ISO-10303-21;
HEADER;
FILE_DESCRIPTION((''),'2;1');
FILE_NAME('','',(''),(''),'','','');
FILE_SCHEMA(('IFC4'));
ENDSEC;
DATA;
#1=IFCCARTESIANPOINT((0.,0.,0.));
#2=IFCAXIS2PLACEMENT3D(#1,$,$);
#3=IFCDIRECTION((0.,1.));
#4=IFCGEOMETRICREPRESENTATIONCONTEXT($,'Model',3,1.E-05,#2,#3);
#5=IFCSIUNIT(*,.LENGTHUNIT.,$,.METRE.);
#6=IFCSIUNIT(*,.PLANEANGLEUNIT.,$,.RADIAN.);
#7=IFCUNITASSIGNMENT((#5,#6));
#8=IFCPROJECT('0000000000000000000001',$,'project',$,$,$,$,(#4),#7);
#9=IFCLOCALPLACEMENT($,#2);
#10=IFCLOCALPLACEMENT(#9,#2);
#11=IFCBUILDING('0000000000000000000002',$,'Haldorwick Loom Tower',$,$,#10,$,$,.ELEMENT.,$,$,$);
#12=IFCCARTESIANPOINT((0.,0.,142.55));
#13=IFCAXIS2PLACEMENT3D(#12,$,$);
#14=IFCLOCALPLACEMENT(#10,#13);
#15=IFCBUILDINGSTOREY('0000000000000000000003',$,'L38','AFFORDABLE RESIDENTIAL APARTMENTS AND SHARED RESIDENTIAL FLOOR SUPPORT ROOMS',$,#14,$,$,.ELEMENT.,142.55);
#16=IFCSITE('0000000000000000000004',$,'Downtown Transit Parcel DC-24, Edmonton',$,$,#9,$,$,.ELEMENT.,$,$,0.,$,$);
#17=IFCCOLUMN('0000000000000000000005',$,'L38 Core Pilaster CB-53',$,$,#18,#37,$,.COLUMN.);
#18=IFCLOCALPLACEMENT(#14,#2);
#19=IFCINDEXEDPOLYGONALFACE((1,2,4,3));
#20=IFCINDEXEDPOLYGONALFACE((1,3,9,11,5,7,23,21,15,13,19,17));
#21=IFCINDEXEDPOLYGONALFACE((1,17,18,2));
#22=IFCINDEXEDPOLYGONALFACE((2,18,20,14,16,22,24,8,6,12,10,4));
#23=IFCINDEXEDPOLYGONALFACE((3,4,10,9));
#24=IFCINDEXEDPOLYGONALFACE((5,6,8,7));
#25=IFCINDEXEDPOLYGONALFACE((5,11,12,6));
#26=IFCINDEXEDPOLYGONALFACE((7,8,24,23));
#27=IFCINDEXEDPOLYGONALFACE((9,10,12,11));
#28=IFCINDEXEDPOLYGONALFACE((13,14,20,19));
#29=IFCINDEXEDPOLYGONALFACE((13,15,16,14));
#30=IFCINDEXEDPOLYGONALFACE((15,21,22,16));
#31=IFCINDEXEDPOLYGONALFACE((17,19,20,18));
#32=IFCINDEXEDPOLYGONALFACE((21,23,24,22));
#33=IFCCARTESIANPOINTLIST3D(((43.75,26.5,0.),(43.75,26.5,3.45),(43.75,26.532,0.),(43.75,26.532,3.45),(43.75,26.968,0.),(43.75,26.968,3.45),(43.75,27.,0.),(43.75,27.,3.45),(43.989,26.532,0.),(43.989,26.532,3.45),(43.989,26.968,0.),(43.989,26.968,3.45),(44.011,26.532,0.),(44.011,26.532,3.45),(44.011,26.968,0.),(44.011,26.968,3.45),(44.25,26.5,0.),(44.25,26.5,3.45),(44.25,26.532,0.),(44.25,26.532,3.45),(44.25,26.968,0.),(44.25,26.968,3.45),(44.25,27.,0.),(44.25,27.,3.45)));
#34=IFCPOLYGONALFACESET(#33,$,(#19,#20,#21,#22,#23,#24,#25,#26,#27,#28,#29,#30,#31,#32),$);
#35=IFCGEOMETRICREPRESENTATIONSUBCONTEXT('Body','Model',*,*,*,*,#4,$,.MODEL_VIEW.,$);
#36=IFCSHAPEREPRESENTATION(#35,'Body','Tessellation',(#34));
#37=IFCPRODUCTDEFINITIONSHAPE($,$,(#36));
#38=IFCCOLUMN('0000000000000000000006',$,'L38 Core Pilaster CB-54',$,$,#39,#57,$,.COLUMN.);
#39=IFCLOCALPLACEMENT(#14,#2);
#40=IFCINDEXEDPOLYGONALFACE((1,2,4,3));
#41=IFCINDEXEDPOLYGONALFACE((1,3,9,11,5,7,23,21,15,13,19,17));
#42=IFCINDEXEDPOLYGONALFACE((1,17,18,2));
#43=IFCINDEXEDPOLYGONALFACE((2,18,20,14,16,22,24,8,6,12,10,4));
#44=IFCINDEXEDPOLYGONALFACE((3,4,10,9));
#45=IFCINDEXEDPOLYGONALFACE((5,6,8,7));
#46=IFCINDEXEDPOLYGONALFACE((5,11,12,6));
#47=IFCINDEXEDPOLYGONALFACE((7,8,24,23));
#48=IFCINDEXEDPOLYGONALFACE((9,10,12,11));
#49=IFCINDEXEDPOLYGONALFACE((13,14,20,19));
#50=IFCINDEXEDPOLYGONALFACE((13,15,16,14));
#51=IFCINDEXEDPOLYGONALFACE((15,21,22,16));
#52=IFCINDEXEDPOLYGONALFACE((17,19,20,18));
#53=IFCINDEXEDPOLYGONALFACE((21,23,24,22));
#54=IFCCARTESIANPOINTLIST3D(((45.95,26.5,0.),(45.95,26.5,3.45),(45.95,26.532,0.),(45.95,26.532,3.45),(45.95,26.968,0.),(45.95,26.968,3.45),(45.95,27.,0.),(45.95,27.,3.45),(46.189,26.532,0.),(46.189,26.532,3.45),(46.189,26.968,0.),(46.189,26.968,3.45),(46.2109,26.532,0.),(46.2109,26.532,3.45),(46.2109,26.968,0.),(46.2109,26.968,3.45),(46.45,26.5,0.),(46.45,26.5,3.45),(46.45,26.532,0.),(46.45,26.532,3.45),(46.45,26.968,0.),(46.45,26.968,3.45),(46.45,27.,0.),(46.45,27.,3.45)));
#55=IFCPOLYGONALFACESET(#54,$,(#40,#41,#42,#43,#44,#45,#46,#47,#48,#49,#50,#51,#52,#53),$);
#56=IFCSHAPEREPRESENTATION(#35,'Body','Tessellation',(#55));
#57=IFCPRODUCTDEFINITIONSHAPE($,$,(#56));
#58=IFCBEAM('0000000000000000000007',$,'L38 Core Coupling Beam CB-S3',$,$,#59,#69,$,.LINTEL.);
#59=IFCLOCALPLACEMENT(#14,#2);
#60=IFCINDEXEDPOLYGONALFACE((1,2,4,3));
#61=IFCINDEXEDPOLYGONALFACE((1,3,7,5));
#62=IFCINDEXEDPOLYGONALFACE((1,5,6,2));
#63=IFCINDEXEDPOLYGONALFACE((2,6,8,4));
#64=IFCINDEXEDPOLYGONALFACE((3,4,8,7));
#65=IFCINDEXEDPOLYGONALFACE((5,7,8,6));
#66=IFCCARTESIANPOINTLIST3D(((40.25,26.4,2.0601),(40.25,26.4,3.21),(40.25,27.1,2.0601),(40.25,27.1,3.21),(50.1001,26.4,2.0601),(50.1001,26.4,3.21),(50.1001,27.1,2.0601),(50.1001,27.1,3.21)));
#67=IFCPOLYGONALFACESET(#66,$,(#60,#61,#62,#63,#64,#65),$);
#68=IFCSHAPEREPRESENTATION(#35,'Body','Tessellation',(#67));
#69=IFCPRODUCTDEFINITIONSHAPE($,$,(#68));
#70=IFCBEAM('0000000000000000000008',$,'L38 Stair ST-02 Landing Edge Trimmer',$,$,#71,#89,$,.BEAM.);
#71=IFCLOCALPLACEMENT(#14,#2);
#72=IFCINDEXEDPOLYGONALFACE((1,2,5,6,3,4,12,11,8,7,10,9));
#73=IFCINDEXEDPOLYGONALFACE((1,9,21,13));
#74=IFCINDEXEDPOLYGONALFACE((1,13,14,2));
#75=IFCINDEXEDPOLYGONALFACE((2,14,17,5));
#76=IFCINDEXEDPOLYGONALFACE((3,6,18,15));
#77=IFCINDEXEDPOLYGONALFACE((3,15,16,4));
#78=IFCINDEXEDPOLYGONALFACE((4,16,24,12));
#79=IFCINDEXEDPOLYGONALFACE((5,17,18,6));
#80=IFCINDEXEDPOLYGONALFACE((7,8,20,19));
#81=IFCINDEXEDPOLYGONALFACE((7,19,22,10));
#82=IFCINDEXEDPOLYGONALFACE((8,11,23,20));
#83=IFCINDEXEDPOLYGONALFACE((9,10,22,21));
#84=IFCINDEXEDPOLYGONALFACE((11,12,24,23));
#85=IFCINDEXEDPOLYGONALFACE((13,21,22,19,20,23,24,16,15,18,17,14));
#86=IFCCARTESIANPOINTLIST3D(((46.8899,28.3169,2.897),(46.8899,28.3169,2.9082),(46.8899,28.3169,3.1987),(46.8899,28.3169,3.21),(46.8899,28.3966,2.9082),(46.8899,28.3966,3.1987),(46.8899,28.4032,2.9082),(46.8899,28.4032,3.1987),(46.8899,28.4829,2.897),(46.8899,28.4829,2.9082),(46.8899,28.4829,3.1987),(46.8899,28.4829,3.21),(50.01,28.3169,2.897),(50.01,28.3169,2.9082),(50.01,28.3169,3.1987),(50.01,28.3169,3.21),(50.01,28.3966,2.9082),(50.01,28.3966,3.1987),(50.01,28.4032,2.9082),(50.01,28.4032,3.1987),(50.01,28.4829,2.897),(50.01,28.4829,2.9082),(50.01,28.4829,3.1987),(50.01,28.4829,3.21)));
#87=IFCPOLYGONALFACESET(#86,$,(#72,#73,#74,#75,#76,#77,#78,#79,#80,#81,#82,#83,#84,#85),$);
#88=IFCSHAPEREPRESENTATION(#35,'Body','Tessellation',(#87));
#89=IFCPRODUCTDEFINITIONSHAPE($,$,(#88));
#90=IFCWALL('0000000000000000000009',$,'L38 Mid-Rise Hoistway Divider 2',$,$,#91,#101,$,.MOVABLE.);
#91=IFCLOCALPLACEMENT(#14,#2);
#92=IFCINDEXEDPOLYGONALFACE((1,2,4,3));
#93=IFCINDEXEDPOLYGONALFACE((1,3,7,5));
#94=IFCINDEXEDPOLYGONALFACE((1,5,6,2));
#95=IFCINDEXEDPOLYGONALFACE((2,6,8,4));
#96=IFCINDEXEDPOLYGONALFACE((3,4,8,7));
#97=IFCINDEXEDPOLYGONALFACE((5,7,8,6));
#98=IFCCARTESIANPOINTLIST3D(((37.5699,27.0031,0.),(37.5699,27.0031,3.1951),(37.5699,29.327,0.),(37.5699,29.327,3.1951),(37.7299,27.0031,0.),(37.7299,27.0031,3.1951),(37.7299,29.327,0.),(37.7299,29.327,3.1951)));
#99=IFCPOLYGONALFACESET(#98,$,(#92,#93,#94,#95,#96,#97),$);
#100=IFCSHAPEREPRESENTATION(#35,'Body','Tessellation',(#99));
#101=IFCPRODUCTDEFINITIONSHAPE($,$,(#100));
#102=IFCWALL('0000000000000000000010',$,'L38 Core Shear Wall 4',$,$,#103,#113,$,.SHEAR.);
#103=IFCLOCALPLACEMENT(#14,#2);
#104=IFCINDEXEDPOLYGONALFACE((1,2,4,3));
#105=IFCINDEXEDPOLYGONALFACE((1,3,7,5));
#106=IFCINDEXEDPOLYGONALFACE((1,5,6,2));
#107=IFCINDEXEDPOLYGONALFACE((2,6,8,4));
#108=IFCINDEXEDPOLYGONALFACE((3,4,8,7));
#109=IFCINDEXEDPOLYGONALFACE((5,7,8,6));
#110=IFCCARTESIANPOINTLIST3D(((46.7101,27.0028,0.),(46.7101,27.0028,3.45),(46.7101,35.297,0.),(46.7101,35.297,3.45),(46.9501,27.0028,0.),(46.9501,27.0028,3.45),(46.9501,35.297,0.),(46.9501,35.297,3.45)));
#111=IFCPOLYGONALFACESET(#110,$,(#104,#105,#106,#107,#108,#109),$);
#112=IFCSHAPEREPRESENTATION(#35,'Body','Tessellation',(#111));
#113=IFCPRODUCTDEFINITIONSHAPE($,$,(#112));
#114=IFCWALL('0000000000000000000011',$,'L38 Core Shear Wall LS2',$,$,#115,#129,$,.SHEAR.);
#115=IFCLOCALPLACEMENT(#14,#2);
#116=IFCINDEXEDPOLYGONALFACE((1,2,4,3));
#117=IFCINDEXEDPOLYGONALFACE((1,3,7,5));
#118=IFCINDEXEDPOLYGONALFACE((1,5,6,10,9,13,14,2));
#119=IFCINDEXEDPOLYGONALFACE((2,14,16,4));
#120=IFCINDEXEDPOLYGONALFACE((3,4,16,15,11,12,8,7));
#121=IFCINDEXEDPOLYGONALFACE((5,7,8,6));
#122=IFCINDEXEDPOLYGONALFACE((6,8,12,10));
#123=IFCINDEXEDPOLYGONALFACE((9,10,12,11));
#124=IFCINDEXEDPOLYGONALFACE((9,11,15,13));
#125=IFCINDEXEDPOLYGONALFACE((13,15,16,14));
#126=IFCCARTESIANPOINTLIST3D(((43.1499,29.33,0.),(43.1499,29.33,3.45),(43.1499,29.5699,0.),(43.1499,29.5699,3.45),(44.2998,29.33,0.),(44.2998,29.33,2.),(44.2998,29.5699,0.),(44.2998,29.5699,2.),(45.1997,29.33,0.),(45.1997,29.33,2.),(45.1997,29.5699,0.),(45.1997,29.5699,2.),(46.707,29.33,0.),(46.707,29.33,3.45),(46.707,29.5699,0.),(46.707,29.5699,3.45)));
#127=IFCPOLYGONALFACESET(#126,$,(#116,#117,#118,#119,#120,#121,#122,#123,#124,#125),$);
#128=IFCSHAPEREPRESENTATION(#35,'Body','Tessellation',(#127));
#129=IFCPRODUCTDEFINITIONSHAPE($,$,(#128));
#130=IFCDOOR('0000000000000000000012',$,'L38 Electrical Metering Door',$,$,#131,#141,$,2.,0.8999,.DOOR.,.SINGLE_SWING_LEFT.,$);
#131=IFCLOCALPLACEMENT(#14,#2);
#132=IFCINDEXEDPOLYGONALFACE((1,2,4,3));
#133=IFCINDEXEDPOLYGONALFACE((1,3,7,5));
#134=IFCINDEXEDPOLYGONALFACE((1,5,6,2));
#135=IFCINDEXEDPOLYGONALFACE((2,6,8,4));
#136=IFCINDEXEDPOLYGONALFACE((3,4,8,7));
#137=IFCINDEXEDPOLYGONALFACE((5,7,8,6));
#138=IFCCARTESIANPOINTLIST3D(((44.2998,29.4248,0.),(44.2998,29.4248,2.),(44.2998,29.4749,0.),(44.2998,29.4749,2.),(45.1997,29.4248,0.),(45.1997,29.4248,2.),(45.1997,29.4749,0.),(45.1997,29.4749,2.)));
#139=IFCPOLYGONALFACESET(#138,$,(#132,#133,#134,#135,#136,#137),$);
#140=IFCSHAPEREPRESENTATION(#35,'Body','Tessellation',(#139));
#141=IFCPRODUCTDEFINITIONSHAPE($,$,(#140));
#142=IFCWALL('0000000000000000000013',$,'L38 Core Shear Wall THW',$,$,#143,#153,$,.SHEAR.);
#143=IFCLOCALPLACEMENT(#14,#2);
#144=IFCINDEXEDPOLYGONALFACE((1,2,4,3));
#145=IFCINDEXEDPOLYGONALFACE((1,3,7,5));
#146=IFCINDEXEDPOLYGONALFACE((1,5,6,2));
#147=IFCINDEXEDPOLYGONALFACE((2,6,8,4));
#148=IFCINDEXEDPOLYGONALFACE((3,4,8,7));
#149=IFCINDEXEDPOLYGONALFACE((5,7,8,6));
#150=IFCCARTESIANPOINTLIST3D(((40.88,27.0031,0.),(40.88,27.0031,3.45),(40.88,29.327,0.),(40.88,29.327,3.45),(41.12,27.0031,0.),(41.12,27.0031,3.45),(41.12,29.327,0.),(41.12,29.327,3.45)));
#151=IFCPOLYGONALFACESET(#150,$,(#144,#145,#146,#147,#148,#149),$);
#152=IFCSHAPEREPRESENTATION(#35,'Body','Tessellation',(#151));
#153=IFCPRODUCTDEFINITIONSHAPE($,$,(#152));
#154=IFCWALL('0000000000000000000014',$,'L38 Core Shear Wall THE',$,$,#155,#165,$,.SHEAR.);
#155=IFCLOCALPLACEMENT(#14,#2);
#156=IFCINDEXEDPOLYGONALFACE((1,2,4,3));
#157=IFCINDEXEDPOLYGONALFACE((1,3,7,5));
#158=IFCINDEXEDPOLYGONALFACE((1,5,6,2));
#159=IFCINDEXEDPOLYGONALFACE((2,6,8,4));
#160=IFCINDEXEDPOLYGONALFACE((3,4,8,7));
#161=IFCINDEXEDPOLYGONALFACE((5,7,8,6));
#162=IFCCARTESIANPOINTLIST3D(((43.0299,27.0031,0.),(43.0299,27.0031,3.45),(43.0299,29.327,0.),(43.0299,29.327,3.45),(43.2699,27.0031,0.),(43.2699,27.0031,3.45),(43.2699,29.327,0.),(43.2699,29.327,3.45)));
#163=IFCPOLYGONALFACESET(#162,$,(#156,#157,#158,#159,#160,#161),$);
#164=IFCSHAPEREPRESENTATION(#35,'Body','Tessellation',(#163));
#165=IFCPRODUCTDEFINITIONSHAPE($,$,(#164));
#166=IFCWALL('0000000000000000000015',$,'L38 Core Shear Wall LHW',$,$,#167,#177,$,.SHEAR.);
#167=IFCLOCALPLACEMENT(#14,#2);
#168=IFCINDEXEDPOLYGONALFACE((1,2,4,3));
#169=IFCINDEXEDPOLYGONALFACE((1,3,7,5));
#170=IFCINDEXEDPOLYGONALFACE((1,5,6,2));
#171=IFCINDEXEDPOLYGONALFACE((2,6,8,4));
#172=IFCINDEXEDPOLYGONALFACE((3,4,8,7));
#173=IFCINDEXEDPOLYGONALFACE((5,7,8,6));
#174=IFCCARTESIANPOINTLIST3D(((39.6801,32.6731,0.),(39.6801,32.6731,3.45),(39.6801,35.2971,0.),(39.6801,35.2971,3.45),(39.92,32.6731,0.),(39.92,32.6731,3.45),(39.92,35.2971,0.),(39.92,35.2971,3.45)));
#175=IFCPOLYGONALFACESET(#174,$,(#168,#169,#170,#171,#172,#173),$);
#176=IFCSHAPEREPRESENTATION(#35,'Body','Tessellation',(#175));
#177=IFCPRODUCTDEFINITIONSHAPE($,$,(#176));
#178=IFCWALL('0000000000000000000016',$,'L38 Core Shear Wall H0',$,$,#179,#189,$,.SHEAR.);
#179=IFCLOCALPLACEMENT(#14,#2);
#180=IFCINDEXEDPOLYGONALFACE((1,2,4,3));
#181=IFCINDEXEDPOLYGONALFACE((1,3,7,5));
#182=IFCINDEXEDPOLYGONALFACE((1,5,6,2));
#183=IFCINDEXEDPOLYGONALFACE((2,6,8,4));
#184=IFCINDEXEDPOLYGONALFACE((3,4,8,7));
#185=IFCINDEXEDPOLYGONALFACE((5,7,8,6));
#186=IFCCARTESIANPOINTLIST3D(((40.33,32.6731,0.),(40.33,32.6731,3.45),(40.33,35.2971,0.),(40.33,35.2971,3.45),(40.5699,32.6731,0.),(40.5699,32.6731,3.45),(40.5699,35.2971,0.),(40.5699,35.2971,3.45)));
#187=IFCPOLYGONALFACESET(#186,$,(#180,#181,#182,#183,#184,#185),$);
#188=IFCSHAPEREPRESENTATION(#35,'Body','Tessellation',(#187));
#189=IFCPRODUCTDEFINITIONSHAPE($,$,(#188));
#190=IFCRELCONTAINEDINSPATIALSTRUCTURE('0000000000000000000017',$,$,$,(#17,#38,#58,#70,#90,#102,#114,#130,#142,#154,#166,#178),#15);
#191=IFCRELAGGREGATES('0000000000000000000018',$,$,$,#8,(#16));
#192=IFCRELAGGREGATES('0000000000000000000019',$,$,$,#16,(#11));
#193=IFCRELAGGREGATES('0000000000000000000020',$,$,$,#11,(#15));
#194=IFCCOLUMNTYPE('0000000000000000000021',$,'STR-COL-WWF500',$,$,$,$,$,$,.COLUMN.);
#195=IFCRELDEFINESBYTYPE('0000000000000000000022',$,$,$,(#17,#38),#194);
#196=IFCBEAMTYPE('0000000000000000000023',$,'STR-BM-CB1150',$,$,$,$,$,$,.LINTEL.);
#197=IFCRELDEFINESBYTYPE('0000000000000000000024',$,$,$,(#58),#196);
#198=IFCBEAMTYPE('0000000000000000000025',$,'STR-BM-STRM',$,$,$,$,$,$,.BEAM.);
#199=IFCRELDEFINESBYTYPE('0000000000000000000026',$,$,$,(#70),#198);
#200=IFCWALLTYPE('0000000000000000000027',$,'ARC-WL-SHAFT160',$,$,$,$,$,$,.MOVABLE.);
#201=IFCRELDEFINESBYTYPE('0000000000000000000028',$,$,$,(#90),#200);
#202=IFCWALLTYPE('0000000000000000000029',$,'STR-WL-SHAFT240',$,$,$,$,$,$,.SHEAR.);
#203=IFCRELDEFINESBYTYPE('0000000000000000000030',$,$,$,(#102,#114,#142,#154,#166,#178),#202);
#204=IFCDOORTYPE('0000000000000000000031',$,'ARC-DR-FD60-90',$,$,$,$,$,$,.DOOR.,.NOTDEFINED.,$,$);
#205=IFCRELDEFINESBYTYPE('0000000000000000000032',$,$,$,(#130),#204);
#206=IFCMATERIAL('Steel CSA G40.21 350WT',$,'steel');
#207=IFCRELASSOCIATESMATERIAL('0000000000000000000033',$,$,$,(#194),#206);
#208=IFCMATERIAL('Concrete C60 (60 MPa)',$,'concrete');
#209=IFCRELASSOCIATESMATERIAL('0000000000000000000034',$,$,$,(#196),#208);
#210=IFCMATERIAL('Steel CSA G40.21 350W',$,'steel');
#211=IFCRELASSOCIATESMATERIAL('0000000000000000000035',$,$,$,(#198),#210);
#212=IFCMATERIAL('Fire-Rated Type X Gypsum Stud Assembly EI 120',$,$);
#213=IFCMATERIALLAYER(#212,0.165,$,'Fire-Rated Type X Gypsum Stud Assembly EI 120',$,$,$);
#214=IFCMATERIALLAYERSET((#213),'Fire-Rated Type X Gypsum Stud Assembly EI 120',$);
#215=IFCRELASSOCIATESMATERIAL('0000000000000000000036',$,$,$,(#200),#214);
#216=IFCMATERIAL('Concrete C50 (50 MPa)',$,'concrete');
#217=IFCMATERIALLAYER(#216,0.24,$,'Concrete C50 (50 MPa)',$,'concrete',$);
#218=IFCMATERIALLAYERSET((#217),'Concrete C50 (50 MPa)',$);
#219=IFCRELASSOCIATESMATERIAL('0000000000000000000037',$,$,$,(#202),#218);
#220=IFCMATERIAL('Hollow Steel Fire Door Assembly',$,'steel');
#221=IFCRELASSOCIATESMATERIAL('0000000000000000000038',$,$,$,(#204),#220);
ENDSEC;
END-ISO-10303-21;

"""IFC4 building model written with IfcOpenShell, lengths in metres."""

from ifc_helpers import new_model, si_unit, direction, frame, frame_2d, origin, origin_2d, place, context, subcontext, project, spatial, rectangle, i_section, extrude, material, layer, layer_set, material_profile, profile_set, type_object, element, fill, save


model = new_model("IFC4")

# Units and contexts
model_context = context("Model", 3, precision=1e-05, world=origin(), true_north=direction((0.0, 1.0)))
body_context = subcontext(model_context, "Body", "Model", "MODEL_VIEW")
ifc_project = project(units=[si_unit("LENGTHUNIT", "METRE"), si_unit("PLANEANGLEUNIT", "RADIAN")], contexts=[model_context])

# Site, building, storey
site_placement = place(None, origin())
site = spatial("IfcSite", under=ifc_project, at=site_placement, Name="Downtown Transit Parcel DC-24, Edmonton", CompositionType="ELEMENT", RefElevation=0.0)
building_placement = place(site_placement, origin())
building = spatial("IfcBuilding", under=site, at=building_placement, Name="Haldorwick Loom Tower", CompositionType="ELEMENT")
storey_placement = place(building_placement, frame((0.0, 0.0, 142.55)))
storey = spatial("IfcBuildingStorey", under=building, at=storey_placement, Name="L38", Description="AFFORDABLE RESIDENTIAL APARTMENTS AND SHARED RESIDENTIAL FLOOR SUPPORT ROOMS", CompositionType="ELEMENT", Elevation=142.55)

# Columns
ifc_material_1 = material(Name="Steel CSA G40.21 350WT", Category="steel")
ifc_material_profile_1 = material_profile(ifc_material_1, i_section(OverallWidth=0.5, OverallDepth=0.5, WebThickness=0.022, FlangeThickness=0.032, at=origin_2d()), Name="WWF500X500", Category="steel")
ifc_profile_set_1 = profile_set([ifc_material_profile_1], Name="Steel CSA G40.21 350WT")
column_type = type_object("IfcColumnType", Name="STR-COL-WWF500", PredefinedType="COLUMN", material=ifc_profile_set_1)
for number, where, z_axis, x_axis, name in (
    (1, (44.0, 26.75, 0.0), (0.0, 0.0, 1.0), (1.0, 0.0, 0.0), "L38 Core Pilaster CB-53"),
    (2, (46.2, 26.75, 0.0), (0.0, 0.0, 1.0), (1.0, 0.0, 0.0), "L38 Core Pilaster CB-54"),
):
    element("IfcColumn", number, at=place(storey_placement, frame(where, z_axis=z_axis, x_axis=x_axis)), inside=storey, type_object=column_type, Name=name, PredefinedType="COLUMN", context=body_context, shape_type="SweptSolid", body=[
        extrude(i_section(OverallWidth=0.5, OverallDepth=0.5, WebThickness=0.022, FlangeThickness=0.032, at=origin_2d()), origin(), (0.0, 0.0, 1.0), 3.45),
    ])

# Beams
ifc_material_2 = material(Name="Concrete C60 (60 MPa)", Category="concrete")
ifc_material_profile_2 = material_profile(ifc_material_2, rectangle(XDim=0.7, YDim=1.1499, at=origin_2d()), Name="RC700X1150", Category="concrete")
ifc_profile_set_2 = profile_set([ifc_material_profile_2], Name="Concrete C60 (60 MPa)")
beam_type_1 = type_object("IfcBeamType", Name="STR-BM-CB1150", PredefinedType="LINTEL", material=ifc_profile_set_2)
beam_1_placement = place(storey_placement, frame((40.25, 26.75, 2.635), z_axis=(1.0, 0.0, 0.0), x_axis=(0.0, 1.0, 0.0)))
element("IfcBeam", 3, at=beam_1_placement, inside=storey, type_object=beam_type_1, Name="L38 Core Coupling Beam CB-S3", PredefinedType="LINTEL", context=body_context, shape_type="SweptSolid", body=[
    extrude(rectangle(XDim=0.7, YDim=1.1499, at=origin_2d()), origin(), (0.0, 0.0, 1.0), 9.8501),
])
ifc_material_3 = material(Name="Steel CSA G40.21 350W", Category="steel")
ifc_material_profile_3 = material_profile(ifc_material_3, i_section(OverallWidth=0.166, OverallDepth=0.313, WebThickness=0.0066, FlangeThickness=0.0112, at=origin_2d()), Name="W310X45", Category="steel")
ifc_profile_set_3 = profile_set([ifc_material_profile_3], Name="Steel CSA G40.21 350W")
beam_type_2 = type_object("IfcBeamType", Name="STR-BM-STRM", PredefinedType="BEAM", material=ifc_profile_set_3)
beam_2_placement = place(storey_placement, frame((46.8899, 28.3999, 3.0535), z_axis=(1.0, 0.0, 0.0), x_axis=(0.0, 1.0, 0.0)))
element("IfcBeam", 4, at=beam_2_placement, inside=storey, type_object=beam_type_2, Name="L38 Stair ST-02 Landing Edge Trimmer", PredefinedType="BEAM", context=body_context, shape_type="SweptSolid", body=[
    extrude(i_section(OverallWidth=0.166, OverallDepth=0.313, WebThickness=0.0066, FlangeThickness=0.0112, at=origin_2d()), origin(), (0.0, 0.0, 1.0), 3.1201),
])

# Walls
ifc_material_4 = material(Name="Fire-Rated Type X Gypsum Stud Assembly EI 120")
ifc_layer_1 = layer(ifc_material_4, 0.165, Name="Fire-Rated Type X Gypsum Stud Assembly EI 120")
ifc_layer_set_1 = layer_set([ifc_layer_1], Name="Fire-Rated Type X Gypsum Stud Assembly EI 120")
wall_type_1 = type_object("IfcWallType", Name="ARC-WL-SHAFT160", PredefinedType="MOVABLE", material=ifc_layer_set_1)
wall_1_placement = place(storey_placement, frame((37.6499, 27.0029, 0.0), z_axis=(0.0, 0.0, 1.0), x_axis=(0.0, 1.0, 0.0)))
element("IfcWall", 5, at=wall_1_placement, inside=storey, type_object=wall_type_1, Name="L38 Mid-Rise Hoistway Divider 2", PredefinedType="MOVABLE", context=body_context, shape_type="SweptSolid", body=[
    extrude(rectangle(XDim=2.324, YDim=0.1599, at=frame_2d((1.1621, 0.0))), origin(), (0.0, 0.0, 1.0), 3.1951),
])
ifc_material_5 = material(Name="Concrete C50 (50 MPa)", Category="concrete")
ifc_layer_2 = layer(ifc_material_5, 0.24, Name="Concrete C50 (50 MPa)", Category="concrete")
ifc_layer_set_2 = layer_set([ifc_layer_2], Name="Concrete C50 (50 MPa)")
wall_type_2 = type_object("IfcWallType", Name="STR-WL-SHAFT240", PredefinedType="SHEAR", material=ifc_layer_set_2)
wall_2_placement = place(storey_placement, frame((46.8301, 27.0029, 0.0), z_axis=(0.0, 0.0, 1.0), x_axis=(0.0, 1.0, 0.0)))
element("IfcWall", 6, at=wall_2_placement, inside=storey, type_object=wall_type_2, Name="L38 Core Shear Wall 4", PredefinedType="SHEAR", context=body_context, shape_type="SweptSolid", body=[
    extrude(rectangle(XDim=8.2942, YDim=0.24, at=frame_2d((4.147, 0.0))), origin(), (0.0, 0.0, 1.0), 3.45),
])

# Wall, opening, door
wall_3_placement = place(storey_placement, frame((43.1499, 29.45, 0.0), z_axis=(0.0, 0.0, 1.0), x_axis=(1.0, 0.0, 0.0)))
wall_3 = element("IfcWall", 7, at=wall_3_placement, inside=storey, type_object=wall_type_2, Name="L38 Core Shear Wall LS2", PredefinedType="SHEAR", context=body_context, shape_type="SweptSolid", body=[
    extrude(rectangle(XDim=3.5571, YDim=0.24, at=frame_2d((1.7786, 0.0))), origin(), (0.0, 0.0, 1.0), 3.45),
])
opening_placement = place(wall_3_placement, frame((1.1499, 0.0, 0.0)))
opening = element("IfcOpeningElement", 8, at=opening_placement, cuts=wall_3, PredefinedType="OPENING", context=body_context, shape_type="SweptSolid", body=[
    extrude(rectangle(XDim=0.8999, YDim=2.0, at=frame_2d((0.45, 1.0))), frame((0.0, 0.1299, 0.0), z_axis=(0.0, -1.0, 0.0), x_axis=(1.0, 0.0, 0.0)), (0.0, 0.0, 1.0), 0.26),
])
ifc_material_6 = material(Name="Hollow Steel Fire Door Assembly", Category="steel")
door_type = type_object("IfcDoorType", Name="ARC-DR-FD60-90", OperationType="NOTDEFINED", PredefinedType="DOOR", material=ifc_material_6)
door_placement = place(opening_placement, origin())
door = element("IfcDoor", 9, at=door_placement, inside=storey, type_object=door_type, Name="L38 Electrical Metering Door", OperationType="SINGLE_SWING_LEFT", OverallHeight=2.0, OverallWidth=0.8999, PredefinedType="DOOR", context=body_context, shape_type="SweptSolid", body=[
    extrude(rectangle(XDim=0.8999, YDim=2.0, at=frame_2d((0.45, 1.0))), frame((0.0, 0.0249, 0.0), z_axis=(0.0, -1.0, 0.0), x_axis=(1.0, 0.0, 0.0)), (0.0, 0.0, 1.0), 0.05),
])
fill(opening, door)

# Walls
for number, where, z_axis, x_axis, name in (
    (10, (41.0, 27.0029, 0.0), (0.0, 0.0, 1.0), (0.0, 1.0, 0.0), "L38 Core Shear Wall THW"),
    (11, (43.1499, 27.0029, 0.0), (0.0, 0.0, 1.0), (0.0, 1.0, 0.0), "L38 Core Shear Wall THE"),
):
    element("IfcWall", number, at=place(storey_placement, frame(where, z_axis=z_axis, x_axis=x_axis)), inside=storey, type_object=wall_type_2, Name=name, PredefinedType="SHEAR", context=body_context, shape_type="SweptSolid", body=[
        extrude(rectangle(XDim=2.324, YDim=0.24, at=frame_2d((1.1621, 0.0))), origin(), (0.0, 0.0, 1.0), 3.45),
    ])
for number, where, z_axis, x_axis, name in (
    (12, (39.8, 32.6731, 0.0), (0.0, 0.0, 1.0), (0.0, 1.0, 0.0), "L38 Core Shear Wall LHW"),
    (13, (40.45, 32.6731, 0.0), (0.0, 0.0, 1.0), (0.0, 1.0, 0.0), "L38 Core Shear Wall H0"),
):
    element("IfcWall", number, at=place(storey_placement, frame(where, z_axis=z_axis, x_axis=x_axis)), inside=storey, type_object=wall_type_2, Name=name, PredefinedType="SHEAR", context=body_context, shape_type="SweptSolid", body=[
        extrude(rectangle(XDim=2.624, YDim=0.24, at=frame_2d((1.312, 0.0))), origin(), (0.0, 0.0, 1.0), 3.45),
    ])

save(model, "model.ifc")
